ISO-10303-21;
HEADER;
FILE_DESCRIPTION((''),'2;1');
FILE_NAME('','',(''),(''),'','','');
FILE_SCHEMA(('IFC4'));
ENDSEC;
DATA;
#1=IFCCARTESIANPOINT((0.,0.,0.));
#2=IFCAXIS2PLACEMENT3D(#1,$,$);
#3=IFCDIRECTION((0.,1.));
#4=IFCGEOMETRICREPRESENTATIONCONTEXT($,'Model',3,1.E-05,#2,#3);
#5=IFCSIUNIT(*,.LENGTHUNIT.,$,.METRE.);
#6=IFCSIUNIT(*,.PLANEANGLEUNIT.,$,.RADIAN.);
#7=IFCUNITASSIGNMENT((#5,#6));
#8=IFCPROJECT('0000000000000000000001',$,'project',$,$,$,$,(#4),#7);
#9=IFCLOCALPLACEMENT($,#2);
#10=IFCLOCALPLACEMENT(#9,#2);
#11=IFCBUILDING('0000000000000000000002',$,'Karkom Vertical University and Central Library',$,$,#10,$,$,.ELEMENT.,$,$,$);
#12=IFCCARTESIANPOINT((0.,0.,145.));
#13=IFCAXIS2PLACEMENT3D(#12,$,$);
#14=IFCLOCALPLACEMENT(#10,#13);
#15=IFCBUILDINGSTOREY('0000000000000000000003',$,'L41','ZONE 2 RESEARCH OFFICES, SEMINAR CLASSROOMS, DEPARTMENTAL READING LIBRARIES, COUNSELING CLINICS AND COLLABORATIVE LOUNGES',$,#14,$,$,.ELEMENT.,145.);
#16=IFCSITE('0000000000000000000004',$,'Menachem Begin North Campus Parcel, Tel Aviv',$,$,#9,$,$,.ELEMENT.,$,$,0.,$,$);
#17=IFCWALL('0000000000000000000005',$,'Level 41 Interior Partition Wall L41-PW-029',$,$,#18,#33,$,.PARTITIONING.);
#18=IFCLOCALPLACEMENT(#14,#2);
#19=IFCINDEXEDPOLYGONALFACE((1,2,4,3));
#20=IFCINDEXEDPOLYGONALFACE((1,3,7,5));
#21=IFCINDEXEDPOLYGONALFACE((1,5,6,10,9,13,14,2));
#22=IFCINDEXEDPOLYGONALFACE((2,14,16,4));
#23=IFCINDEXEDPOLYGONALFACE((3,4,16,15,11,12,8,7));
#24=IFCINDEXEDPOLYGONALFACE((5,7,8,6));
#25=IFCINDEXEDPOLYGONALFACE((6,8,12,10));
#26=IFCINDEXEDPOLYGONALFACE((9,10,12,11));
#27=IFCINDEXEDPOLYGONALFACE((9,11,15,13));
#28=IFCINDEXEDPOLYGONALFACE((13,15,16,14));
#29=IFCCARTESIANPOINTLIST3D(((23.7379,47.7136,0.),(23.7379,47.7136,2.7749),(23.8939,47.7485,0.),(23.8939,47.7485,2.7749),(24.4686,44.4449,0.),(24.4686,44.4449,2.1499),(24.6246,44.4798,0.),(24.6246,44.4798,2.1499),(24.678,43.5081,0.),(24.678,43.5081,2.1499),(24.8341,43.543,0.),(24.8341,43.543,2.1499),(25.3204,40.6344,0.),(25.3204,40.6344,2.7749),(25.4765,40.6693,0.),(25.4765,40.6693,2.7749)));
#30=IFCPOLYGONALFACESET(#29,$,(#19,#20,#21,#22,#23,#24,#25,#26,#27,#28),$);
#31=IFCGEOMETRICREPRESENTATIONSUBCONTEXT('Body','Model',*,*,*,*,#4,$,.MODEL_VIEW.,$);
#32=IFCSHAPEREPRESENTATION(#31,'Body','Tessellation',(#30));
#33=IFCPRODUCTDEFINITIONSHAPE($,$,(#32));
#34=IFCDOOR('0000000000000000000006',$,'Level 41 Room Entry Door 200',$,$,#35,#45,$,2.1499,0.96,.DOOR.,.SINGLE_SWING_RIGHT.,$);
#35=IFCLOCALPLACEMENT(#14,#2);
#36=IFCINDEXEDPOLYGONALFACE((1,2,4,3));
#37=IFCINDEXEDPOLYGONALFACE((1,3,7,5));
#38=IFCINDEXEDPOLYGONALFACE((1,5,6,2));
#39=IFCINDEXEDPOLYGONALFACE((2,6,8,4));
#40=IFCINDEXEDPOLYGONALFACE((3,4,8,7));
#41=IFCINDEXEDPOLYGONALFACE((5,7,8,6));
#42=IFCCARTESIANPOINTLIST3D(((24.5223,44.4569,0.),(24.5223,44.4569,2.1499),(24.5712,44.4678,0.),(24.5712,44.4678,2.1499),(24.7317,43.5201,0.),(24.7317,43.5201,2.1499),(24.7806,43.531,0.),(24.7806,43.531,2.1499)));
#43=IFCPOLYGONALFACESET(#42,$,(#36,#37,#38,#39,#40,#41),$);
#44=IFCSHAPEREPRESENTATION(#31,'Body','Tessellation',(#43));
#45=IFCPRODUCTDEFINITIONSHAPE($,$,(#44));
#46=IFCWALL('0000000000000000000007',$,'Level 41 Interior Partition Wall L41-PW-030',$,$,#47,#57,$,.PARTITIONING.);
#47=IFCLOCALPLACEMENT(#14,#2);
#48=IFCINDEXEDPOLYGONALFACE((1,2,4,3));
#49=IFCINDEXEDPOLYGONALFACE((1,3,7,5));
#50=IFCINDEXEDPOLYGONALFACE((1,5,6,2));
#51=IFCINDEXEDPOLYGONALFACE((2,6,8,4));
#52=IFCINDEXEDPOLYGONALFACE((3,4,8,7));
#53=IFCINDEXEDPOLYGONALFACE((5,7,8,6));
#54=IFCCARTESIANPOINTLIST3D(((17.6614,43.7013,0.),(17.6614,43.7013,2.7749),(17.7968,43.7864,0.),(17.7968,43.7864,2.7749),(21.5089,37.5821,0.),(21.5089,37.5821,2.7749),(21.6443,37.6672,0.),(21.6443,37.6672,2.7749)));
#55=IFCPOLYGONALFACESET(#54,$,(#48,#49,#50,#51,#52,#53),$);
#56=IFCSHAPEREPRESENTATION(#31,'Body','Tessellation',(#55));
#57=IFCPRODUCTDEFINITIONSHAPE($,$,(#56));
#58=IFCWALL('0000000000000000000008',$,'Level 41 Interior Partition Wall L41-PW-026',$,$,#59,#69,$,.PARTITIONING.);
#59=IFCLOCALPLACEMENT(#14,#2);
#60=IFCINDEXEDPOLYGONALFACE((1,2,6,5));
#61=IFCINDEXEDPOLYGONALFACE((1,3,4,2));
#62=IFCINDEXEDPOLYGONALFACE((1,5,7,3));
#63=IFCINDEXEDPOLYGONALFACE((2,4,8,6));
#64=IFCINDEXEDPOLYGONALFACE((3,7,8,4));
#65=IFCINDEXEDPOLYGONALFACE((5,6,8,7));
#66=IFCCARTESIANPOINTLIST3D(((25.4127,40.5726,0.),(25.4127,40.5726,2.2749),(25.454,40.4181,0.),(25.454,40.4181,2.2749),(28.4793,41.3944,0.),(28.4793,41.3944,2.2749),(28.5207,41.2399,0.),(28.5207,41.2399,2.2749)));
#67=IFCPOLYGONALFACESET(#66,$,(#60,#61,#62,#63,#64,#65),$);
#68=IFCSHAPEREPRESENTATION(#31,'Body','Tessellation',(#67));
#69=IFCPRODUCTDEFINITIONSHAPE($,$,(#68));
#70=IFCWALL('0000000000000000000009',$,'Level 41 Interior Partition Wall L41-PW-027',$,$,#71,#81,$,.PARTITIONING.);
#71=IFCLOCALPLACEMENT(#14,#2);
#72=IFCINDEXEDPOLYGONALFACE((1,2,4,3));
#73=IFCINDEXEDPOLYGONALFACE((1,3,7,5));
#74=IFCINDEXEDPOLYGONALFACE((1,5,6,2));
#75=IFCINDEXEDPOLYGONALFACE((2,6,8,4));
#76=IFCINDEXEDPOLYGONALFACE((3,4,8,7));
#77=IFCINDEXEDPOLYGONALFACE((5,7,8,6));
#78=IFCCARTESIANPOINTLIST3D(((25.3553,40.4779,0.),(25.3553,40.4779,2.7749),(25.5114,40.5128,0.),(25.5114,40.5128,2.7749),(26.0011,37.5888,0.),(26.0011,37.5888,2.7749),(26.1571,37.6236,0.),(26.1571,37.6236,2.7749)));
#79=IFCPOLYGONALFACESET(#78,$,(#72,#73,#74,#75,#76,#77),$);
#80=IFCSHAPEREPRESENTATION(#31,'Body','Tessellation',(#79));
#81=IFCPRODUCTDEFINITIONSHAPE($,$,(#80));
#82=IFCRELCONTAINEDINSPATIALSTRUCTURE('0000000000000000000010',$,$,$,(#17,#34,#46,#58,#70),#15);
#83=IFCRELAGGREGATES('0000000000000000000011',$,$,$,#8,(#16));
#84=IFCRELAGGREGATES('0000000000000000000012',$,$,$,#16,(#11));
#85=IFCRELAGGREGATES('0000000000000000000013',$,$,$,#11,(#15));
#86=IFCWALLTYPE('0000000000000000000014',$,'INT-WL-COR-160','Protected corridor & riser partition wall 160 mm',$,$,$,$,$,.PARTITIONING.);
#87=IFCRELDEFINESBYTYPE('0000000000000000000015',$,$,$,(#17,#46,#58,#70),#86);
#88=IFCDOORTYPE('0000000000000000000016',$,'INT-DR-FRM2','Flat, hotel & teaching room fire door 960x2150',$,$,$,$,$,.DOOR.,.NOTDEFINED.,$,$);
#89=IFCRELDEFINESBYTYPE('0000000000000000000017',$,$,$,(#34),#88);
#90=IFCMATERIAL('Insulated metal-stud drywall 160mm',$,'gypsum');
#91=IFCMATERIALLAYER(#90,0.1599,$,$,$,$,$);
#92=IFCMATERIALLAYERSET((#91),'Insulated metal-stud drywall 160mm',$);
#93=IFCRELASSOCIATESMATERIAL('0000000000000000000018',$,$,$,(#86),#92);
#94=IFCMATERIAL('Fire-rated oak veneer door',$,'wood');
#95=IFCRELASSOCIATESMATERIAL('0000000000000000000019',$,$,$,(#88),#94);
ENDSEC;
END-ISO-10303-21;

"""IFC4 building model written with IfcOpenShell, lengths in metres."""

from ifc_helpers import new_model, si_unit, direction, frame, frame_2d, origin, origin_with_axes, place, context, subcontext, project, spatial, rectangle, extrude, source, transform, mapped, material, layer, layer_set, type_object, element, fill, save


model = new_model("IFC4")

# Units and contexts
model_context = context("Model", 3, precision=1e-05, world=origin(), true_north=direction((0.0, 1.0)))
body_context = subcontext(model_context, "Body", "Model", "MODEL_VIEW")
ifc_project = project(units=[si_unit("LENGTHUNIT", "METRE"), si_unit("PLANEANGLEUNIT", "RADIAN")], contexts=[model_context])

# Site, building, storey
site_placement = place(None, origin())
site = spatial("IfcSite", under=ifc_project, at=site_placement, Name="Menachem Begin North Campus Parcel, Tel Aviv", CompositionType="ELEMENT", RefElevation=0.0)
building_placement = place(site_placement, origin())
building = spatial("IfcBuilding", under=site, at=building_placement, Name="Karkom Vertical University and Central Library", CompositionType="ELEMENT")
storey_placement = place(building_placement, frame((0.0, 0.0, 145.0)))
storey = spatial("IfcBuildingStorey", under=building, at=storey_placement, Name="L41", Description="ZONE 2 RESEARCH OFFICES, SEMINAR CLASSROOMS, DEPARTMENTAL READING LIBRARIES, COUNSELING CLINICS AND COLLABORATIVE LOUNGES", CompositionType="ELEMENT", Elevation=145.0)

# Wall, opening, door
ifc_material_1 = material(Name="Insulated metal-stud drywall 160mm", Category="gypsum")
ifc_layer_1 = layer(ifc_material_1, 0.1599)
ifc_layer_set_1 = layer_set([ifc_layer_1], Name="Insulated metal-stud drywall 160mm")
wall_type_1 = type_object("IfcWallType", Name="INT-WL-COR-160", Description="Protected corridor & riser partition wall 160 mm", PredefinedType="PARTITIONING", material=ifc_layer_set_1)
wall_1_placement = place(storey_placement, frame((25.3984, 40.6519, 0.0), z_axis=(0.0, 0.0, 1.0), x_axis=(-0.218163, 0.975912, 0.0)))
wall_1 = element("IfcWall", 1, at=wall_1_placement, inside=storey, type_object=wall_type_1, Name="Level 41 Interior Partition Wall L41-PW-029", PredefinedType="PARTITIONING", context=body_context, shape_type="SweptSolid", body=[
    extrude(rectangle(XDim=7.2539, YDim=0.1599, at=frame_2d((3.627, 0.0))), origin(), (0.0, 0.0, 1.0), 2.7749),
])
opening_1_placement = place(wall_1_placement, frame((2.9446, 0.0, 0.0)))
opening_1 = element("IfcOpeningElement", 2, at=opening_1_placement, cuts=wall_1, PredefinedType="OPENING", context=body_context, shape_type="SweptSolid", body=[
    extrude(rectangle(XDim=0.96, YDim=2.1499, at=frame_2d((0.48, 1.075))), frame((0.0, 0.0898, 0.0), z_axis=(0.0, -1.0, 0.0), x_axis=(1.0, 0.0, 0.0)), (0.0, 0.0, 1.0), 0.1799),
])
ifc_material_2 = material(Name="Fire-rated oak veneer door", Category="wood")
door_type_1 = type_object("IfcDoorType", Name="INT-DR-FRM2", Description="Flat, hotel & teaching room fire door 960x2150", OperationType="NOTDEFINED", PredefinedType="DOOR", material=ifc_material_2)
shared_shape_1 = source(origin_with_axes(), body_context, "Body", "SweptSolid", [
    extrude(rectangle(XDim=0.96, YDim=2.1499, at=frame_2d((0.48, 1.075))), frame((0.0, 0.0249, 0.0), z_axis=(0.0, -1.0, 0.0), x_axis=(1.0, 0.0, 0.0)), (0.0, 0.0, 1.0), 0.05),
])
door_1_placement = place(opening_1_placement, origin())
door_1 = element("IfcDoor", 3, at=door_1_placement, inside=storey, type_object=door_type_1, Name="Level 41 Room Entry Door 200", OperationType="SINGLE_SWING_RIGHT", OverallHeight=2.1499, OverallWidth=0.96, PredefinedType="DOOR", context=body_context, shape_type="MappedRepresentation", body=[
    mapped(shared_shape_1, transform((0.0, 0.0, 0.0), scale=1.0)),
])
fill(opening_1, door_1)

# Walls
wall_2_placement = place(storey_placement, frame((21.5767, 37.6245, 0.0), z_axis=(0.0, 0.0, 1.0), x_axis=(-0.53228, 0.846568, 0.0)))
element("IfcWall", 4, at=wall_2_placement, inside=storey, type_object=wall_type_1, Name="Level 41 Interior Partition Wall L41-PW-030", PredefinedType="PARTITIONING", context=body_context, shape_type="SweptSolid", body=[
    extrude(rectangle(XDim=7.2283, YDim=0.1599, at=frame_2d((3.6143, 0.0))), origin(), (0.0, 0.0, 1.0), 2.7749),
])
wall_3_placement = place(storey_placement, frame((25.4333, 40.4954, 0.0), z_axis=(0.0, 0.0, 1.0), x_axis=(0.96592, 0.25884, 0.0)))
element("IfcWall", 5, at=wall_3_placement, inside=storey, type_object=wall_type_1, Name="Level 41 Interior Partition Wall L41-PW-026", PredefinedType="PARTITIONING", context=body_context, shape_type="SweptSolid", body=[
    extrude(rectangle(XDim=3.1748, YDim=0.1599, at=frame_2d((1.5874, 0.0))), origin(), (0.0, 0.0, 1.0), 2.2749),
])
wall_4_placement = place(storey_placement, frame((26.0791, 37.6062, 0.0), z_axis=(0.0, 0.0, 1.0), x_axis=(-0.218127, 0.97592, 0.0)))
element("IfcWall", 6, at=wall_4_placement, inside=storey, type_object=wall_type_1, Name="Level 41 Interior Partition Wall L41-PW-027", PredefinedType="PARTITIONING", context=body_context, shape_type="SweptSolid", body=[
    extrude(rectangle(XDim=2.9604, YDim=0.1599, at=frame_2d((1.4802, 0.0))), origin(), (0.0, 0.0, 1.0), 2.7749),
])

save(model, "model.ifc")
